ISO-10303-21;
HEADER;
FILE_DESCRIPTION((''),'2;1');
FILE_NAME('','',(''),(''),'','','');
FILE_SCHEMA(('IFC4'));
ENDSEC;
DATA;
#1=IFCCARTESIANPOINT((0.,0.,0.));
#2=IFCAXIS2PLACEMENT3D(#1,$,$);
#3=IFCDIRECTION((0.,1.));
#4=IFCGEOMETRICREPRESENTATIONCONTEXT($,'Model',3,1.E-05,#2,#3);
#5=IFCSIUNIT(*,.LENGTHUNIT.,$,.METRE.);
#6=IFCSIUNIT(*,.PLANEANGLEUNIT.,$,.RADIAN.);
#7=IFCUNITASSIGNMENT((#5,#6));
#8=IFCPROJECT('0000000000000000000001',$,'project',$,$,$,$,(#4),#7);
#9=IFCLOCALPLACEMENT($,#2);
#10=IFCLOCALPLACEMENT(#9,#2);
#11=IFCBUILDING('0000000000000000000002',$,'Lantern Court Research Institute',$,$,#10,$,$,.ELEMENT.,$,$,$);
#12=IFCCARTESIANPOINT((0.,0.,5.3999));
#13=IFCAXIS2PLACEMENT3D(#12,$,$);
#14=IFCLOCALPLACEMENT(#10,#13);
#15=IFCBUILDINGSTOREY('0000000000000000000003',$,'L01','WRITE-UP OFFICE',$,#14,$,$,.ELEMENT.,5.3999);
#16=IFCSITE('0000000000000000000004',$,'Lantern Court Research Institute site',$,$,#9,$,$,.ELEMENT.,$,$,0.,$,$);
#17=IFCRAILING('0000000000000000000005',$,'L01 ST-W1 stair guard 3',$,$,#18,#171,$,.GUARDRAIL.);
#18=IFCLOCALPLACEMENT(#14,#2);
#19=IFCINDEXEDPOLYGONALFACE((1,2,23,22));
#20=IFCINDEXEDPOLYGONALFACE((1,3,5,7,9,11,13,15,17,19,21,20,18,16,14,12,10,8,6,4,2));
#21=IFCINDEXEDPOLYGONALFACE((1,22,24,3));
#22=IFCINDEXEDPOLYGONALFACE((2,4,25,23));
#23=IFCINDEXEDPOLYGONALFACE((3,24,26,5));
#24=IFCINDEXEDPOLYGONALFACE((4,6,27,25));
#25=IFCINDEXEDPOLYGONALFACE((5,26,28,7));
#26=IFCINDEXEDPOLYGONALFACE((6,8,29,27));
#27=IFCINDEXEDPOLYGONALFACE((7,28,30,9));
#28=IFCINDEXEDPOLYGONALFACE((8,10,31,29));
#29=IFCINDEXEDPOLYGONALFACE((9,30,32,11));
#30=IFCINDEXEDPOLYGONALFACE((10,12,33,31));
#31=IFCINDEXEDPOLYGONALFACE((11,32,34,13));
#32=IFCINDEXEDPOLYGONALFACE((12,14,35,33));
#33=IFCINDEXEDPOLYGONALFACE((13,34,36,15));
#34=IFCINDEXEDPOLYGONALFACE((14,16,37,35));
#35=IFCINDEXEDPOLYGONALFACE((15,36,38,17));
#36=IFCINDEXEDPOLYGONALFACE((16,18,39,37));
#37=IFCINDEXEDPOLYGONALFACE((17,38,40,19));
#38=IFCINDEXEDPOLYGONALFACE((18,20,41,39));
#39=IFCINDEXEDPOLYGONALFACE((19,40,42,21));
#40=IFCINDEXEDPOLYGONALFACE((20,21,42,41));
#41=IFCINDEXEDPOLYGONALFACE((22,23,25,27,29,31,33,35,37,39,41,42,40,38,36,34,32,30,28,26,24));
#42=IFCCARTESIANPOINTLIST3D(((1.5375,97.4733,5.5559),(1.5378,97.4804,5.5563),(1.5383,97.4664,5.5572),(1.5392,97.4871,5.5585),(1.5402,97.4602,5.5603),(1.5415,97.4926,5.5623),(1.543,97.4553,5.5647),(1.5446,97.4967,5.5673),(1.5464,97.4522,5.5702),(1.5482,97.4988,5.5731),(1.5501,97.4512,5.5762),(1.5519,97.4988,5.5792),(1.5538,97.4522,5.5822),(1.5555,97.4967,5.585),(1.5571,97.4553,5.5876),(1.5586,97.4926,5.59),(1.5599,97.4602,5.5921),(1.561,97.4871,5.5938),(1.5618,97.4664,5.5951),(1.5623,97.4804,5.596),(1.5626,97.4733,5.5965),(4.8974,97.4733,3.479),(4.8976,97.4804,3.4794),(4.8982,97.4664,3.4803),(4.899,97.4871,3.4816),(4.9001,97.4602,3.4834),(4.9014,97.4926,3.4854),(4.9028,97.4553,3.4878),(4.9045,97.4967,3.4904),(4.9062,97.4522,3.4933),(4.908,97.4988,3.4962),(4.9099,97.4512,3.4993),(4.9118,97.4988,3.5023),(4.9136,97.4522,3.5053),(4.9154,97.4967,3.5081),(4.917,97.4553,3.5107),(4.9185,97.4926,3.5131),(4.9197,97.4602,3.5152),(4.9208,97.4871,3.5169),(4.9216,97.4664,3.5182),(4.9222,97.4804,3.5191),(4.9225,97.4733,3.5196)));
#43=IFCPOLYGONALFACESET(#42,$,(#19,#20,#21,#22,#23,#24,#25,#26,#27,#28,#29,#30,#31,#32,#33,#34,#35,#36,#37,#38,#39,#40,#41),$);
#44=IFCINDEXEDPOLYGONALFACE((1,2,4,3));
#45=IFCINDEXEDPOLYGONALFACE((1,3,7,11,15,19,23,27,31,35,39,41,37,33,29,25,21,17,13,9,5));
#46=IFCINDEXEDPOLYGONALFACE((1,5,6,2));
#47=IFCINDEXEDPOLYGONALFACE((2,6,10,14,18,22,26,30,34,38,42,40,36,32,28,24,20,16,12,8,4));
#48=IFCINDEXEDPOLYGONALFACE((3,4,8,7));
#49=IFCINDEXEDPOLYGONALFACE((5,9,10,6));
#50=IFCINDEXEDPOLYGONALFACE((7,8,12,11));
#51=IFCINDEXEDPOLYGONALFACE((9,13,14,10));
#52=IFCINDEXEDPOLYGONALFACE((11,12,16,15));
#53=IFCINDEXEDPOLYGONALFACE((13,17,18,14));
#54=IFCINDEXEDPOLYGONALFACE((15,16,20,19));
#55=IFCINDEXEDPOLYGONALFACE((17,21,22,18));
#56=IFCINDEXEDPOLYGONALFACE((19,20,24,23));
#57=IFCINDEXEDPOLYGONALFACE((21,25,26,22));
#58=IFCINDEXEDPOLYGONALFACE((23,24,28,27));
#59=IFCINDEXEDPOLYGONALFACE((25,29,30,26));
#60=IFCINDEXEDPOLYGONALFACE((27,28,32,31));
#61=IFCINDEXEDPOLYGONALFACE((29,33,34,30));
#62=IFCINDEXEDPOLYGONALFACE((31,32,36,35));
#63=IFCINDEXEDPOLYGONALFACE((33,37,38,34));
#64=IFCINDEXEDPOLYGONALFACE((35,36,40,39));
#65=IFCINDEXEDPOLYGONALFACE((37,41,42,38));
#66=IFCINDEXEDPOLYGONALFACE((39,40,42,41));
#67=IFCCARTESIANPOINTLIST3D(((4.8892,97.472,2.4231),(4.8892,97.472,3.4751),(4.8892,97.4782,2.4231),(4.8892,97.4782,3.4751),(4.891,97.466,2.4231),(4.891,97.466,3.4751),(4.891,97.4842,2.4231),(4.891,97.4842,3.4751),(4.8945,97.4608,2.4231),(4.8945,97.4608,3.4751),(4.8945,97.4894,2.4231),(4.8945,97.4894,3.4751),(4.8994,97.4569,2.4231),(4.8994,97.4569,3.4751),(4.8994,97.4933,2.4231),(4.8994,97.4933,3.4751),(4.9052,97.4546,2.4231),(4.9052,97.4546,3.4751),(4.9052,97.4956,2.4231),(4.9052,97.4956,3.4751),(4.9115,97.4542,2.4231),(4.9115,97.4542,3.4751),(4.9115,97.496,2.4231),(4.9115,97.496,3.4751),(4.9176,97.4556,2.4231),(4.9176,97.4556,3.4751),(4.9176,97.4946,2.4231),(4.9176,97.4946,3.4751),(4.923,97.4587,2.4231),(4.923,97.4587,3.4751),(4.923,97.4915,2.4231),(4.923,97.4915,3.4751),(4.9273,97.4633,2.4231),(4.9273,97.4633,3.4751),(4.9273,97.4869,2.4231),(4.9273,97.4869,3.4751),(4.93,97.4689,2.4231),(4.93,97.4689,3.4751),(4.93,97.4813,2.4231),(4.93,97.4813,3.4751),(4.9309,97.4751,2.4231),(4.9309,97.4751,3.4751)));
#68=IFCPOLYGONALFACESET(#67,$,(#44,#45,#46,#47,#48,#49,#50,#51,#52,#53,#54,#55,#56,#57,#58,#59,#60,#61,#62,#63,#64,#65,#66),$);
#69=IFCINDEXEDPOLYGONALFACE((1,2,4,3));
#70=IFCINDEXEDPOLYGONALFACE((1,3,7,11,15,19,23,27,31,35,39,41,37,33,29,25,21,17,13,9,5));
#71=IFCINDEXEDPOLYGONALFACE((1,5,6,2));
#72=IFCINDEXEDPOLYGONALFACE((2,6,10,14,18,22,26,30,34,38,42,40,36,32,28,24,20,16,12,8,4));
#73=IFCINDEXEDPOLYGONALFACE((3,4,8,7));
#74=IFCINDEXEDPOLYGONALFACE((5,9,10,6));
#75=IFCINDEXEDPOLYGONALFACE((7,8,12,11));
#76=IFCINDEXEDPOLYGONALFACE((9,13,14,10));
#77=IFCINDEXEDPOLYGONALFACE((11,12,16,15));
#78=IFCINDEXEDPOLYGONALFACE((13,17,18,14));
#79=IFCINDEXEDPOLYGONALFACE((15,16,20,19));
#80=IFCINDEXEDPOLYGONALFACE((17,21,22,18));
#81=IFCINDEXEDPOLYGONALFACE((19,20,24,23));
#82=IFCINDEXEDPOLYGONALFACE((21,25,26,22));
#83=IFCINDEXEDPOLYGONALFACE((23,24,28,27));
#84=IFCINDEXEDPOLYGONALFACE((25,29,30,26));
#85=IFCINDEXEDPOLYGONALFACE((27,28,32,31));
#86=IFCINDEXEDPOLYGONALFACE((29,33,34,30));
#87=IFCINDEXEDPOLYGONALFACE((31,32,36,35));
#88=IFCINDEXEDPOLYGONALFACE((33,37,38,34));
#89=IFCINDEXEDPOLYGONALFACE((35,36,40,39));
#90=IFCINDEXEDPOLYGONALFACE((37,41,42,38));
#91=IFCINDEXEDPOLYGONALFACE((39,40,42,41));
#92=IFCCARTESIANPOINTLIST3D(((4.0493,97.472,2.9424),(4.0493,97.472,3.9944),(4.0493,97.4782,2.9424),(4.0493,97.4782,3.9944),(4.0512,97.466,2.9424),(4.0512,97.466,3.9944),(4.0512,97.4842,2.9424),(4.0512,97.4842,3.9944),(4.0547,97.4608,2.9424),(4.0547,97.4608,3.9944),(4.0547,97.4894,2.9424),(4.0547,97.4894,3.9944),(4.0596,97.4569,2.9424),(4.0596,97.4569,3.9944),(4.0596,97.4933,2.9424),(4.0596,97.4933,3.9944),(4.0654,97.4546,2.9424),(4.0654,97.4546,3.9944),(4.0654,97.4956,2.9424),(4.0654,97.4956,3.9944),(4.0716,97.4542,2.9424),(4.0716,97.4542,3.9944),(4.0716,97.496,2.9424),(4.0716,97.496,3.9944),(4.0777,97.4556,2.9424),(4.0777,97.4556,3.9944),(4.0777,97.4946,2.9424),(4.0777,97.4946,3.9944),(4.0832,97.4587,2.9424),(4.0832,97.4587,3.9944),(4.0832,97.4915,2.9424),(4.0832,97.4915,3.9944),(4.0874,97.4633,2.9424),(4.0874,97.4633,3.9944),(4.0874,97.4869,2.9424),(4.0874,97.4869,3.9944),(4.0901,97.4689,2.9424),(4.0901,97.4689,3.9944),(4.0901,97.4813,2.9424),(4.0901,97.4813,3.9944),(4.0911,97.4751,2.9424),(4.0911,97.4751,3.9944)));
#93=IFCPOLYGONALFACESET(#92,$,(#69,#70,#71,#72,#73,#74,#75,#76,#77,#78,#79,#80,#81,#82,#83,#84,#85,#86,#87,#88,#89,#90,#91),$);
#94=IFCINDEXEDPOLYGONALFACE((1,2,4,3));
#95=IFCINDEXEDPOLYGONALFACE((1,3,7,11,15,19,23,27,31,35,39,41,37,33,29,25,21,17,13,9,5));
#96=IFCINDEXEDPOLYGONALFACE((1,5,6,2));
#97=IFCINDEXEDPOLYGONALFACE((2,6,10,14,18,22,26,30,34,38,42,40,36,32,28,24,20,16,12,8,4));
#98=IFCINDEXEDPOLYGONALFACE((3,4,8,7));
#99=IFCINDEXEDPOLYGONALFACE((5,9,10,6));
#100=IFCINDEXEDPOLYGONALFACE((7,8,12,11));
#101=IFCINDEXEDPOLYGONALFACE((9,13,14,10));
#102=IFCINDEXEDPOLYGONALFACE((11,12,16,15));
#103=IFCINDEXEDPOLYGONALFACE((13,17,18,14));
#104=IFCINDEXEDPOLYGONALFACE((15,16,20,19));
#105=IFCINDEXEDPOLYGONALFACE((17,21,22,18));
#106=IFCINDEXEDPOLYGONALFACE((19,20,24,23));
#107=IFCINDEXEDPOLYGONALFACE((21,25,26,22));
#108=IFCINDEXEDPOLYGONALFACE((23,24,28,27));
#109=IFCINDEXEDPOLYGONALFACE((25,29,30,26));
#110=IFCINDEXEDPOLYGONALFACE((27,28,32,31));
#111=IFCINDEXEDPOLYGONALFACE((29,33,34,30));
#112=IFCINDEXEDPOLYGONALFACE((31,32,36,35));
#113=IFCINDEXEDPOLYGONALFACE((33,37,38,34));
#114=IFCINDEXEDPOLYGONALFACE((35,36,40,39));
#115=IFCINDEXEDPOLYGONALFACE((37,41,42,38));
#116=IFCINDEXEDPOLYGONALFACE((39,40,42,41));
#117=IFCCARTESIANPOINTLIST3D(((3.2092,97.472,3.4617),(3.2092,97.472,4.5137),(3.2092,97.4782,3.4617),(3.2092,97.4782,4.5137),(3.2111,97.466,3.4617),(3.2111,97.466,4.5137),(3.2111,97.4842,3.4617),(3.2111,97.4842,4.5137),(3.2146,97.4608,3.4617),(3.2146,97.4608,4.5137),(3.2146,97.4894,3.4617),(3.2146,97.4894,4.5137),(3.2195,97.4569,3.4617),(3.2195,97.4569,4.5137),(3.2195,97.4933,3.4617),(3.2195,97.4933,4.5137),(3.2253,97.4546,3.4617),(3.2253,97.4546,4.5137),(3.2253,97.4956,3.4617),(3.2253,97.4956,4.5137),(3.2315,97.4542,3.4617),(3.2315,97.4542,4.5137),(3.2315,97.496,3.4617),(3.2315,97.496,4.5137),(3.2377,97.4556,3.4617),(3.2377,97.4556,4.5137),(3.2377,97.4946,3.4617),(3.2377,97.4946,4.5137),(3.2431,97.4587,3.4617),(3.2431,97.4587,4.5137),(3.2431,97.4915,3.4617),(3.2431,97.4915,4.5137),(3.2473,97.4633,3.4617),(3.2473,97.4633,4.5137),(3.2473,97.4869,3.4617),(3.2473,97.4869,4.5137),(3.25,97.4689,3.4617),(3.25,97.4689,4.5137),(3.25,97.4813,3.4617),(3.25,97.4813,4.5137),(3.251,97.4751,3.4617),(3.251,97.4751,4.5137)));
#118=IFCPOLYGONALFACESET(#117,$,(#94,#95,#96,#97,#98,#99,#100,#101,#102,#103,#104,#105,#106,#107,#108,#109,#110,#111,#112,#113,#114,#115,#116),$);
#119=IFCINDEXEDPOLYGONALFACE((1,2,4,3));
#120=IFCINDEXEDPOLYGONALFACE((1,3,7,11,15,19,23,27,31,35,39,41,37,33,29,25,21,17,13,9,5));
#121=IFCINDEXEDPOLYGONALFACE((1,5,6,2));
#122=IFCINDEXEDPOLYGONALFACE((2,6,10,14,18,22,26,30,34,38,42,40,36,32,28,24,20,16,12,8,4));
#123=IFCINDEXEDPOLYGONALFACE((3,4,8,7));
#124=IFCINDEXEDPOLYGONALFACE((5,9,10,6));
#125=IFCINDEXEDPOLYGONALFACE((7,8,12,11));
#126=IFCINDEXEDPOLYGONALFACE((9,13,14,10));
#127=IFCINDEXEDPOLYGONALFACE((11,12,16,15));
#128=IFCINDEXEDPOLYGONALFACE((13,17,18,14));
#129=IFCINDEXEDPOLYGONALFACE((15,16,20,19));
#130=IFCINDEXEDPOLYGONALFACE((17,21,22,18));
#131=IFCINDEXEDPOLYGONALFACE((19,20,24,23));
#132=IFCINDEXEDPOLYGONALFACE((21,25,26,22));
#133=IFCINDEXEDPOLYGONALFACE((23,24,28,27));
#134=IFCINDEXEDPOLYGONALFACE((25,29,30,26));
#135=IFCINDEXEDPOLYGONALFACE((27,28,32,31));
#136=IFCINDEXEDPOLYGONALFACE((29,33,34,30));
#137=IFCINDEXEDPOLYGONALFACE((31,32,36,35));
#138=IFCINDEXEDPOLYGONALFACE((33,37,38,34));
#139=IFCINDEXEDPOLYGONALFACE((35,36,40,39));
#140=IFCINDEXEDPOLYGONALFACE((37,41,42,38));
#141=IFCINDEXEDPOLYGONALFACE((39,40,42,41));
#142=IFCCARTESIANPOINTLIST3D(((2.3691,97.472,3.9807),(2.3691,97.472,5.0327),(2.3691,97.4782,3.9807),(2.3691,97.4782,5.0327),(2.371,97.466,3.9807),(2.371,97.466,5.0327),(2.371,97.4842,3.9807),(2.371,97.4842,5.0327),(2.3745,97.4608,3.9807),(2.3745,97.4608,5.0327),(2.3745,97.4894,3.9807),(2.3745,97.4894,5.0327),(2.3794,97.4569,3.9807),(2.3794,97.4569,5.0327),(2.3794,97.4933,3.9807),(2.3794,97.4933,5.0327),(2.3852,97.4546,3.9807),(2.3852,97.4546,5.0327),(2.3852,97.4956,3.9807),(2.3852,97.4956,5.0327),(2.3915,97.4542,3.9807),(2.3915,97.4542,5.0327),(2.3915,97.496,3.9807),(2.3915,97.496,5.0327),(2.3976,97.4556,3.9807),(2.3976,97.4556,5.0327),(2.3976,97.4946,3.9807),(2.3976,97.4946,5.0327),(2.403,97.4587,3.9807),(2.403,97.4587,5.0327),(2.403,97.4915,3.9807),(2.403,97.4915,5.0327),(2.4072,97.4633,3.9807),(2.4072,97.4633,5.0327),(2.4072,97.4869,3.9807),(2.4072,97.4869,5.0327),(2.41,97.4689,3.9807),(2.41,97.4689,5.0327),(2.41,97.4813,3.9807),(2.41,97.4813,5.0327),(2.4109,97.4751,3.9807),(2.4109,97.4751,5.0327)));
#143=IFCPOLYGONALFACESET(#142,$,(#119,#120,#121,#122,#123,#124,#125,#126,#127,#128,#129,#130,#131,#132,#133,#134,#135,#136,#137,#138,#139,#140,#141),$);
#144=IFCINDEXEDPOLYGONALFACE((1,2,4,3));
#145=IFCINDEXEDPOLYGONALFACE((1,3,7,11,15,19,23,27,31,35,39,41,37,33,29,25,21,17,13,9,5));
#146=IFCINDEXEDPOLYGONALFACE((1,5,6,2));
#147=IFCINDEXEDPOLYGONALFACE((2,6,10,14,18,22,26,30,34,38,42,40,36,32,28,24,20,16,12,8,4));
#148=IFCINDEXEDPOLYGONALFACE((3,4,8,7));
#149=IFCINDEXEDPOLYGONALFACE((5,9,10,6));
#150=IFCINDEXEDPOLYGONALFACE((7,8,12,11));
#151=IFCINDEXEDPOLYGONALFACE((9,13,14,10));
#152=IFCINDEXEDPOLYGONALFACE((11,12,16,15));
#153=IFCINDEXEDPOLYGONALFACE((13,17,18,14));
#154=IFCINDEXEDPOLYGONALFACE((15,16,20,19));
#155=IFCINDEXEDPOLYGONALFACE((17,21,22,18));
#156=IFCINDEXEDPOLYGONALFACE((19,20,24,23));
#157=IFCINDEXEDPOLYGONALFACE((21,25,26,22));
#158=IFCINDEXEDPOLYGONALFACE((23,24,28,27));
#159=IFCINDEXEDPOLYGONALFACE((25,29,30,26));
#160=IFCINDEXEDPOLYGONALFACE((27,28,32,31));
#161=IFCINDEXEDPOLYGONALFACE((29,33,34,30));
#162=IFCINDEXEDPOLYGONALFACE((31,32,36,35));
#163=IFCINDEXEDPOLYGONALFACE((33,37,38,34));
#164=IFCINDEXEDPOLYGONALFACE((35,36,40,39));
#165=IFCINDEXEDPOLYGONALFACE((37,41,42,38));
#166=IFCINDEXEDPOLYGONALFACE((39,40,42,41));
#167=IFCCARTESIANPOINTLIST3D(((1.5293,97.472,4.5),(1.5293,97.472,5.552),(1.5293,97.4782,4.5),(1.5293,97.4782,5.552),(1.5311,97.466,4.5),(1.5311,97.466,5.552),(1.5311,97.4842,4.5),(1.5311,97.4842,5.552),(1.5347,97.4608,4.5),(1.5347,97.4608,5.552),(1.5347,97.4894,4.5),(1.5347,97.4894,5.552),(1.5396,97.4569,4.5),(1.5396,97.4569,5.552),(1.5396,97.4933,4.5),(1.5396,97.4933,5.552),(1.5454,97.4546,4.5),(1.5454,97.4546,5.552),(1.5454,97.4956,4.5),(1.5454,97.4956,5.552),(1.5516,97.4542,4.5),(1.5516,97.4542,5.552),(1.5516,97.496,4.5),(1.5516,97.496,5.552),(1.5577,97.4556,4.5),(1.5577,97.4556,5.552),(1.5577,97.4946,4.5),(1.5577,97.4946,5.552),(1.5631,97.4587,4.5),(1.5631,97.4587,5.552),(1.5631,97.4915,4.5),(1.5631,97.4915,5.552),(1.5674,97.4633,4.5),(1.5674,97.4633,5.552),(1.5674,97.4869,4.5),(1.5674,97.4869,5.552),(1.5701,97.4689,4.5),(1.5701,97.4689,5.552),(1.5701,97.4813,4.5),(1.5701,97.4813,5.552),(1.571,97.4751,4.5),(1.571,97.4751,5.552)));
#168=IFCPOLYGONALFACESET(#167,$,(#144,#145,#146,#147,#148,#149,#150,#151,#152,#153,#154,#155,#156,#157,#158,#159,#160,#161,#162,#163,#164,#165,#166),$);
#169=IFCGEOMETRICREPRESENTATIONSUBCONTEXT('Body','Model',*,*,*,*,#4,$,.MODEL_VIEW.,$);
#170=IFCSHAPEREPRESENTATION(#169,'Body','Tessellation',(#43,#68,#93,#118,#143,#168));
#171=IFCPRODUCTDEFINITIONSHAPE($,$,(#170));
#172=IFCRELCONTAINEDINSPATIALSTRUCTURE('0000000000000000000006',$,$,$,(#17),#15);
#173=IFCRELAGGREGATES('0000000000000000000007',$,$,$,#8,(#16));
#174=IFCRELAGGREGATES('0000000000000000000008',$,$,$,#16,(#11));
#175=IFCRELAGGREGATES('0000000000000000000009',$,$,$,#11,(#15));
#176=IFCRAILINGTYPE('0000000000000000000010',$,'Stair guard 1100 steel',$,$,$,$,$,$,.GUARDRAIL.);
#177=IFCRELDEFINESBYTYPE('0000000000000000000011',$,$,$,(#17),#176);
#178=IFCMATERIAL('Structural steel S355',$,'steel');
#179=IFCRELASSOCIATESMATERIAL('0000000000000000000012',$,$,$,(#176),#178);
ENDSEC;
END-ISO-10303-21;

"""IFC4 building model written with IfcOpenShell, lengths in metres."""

from ifc_helpers import new_model, si_unit, direction, frame, origin, origin_2d, place, context, subcontext, project, spatial, circle, extrude, material, type_object, element, save


model = new_model("IFC4")

# Units and contexts
model_context = context("Model", 3, precision=1e-05, world=origin(), true_north=direction((0.0, 1.0)))
body_context = subcontext(model_context, "Body", "Model", "MODEL_VIEW")
ifc_project = project(units=[si_unit("LENGTHUNIT", "METRE"), si_unit("PLANEANGLEUNIT", "RADIAN")], contexts=[model_context])

# Site, building, storey
site_placement = place(None, origin())
site = spatial("IfcSite", under=ifc_project, at=site_placement, Name="Lantern Court Research Institute site", CompositionType="ELEMENT", RefElevation=0.0)
building_placement = place(site_placement, origin())
building = spatial("IfcBuilding", under=site, at=building_placement, Name="Lantern Court Research Institute", CompositionType="ELEMENT")
storey_placement = place(building_placement, frame((0.0, 0.0, 5.3999)))
storey = spatial("IfcBuildingStorey", under=building, at=storey_placement, Name="L01", Description="WRITE-UP OFFICE", CompositionType="ELEMENT", Elevation=5.3999)

# Railing
ifc_material_1 = material(Name="Structural steel S355", Category="steel")
railing_type_1 = type_object("IfcRailingType", Name="Stair guard 1100 steel", PredefinedType="GUARDRAIL", material=ifc_material_1)
railing_1_placement = place(storey_placement, frame((4.9099, 97.4751, 2.4231)))
element("IfcRailing", 1, at=railing_1_placement, inside=storey, type_object=railing_type_1, Name="L01 ST-W1 stair guard 3", PredefinedType="GUARDRAIL", context=body_context, shape_type="SweptSolid", body=[
    extrude(circle(Radius=0.0239, at=origin_2d()), frame((0.0, 0.0, 1.0762), z_axis=(-0.850606, 0.0, 0.525803), x_axis=(0.0, -1.0, 0.0)), (0.0, 0.0, 1.0), 3.95),
    extrude(circle(Radius=0.021, at=origin_2d()), origin(), (0.0, 0.0, 1.0), 1.052),
    extrude(circle(Radius=0.021, at=origin_2d()), frame((-0.8398, 0.0, 0.5193)), (0.0, 0.0, 1.0), 1.052),
    extrude(circle(Radius=0.021, at=origin_2d()), frame((-1.6799, 0.0, 1.0386)), (0.0, 0.0, 1.0), 1.052),
    extrude(circle(Radius=0.021, at=origin_2d()), frame((-2.52, 0.0, 1.5576)), (0.0, 0.0, 1.0), 1.052),
    extrude(circle(Radius=0.021, at=origin_2d()), frame((-3.3599, 0.0, 2.0769)), (0.0, 0.0, 1.0), 1.052),
])

save(model, "model.ifc")
